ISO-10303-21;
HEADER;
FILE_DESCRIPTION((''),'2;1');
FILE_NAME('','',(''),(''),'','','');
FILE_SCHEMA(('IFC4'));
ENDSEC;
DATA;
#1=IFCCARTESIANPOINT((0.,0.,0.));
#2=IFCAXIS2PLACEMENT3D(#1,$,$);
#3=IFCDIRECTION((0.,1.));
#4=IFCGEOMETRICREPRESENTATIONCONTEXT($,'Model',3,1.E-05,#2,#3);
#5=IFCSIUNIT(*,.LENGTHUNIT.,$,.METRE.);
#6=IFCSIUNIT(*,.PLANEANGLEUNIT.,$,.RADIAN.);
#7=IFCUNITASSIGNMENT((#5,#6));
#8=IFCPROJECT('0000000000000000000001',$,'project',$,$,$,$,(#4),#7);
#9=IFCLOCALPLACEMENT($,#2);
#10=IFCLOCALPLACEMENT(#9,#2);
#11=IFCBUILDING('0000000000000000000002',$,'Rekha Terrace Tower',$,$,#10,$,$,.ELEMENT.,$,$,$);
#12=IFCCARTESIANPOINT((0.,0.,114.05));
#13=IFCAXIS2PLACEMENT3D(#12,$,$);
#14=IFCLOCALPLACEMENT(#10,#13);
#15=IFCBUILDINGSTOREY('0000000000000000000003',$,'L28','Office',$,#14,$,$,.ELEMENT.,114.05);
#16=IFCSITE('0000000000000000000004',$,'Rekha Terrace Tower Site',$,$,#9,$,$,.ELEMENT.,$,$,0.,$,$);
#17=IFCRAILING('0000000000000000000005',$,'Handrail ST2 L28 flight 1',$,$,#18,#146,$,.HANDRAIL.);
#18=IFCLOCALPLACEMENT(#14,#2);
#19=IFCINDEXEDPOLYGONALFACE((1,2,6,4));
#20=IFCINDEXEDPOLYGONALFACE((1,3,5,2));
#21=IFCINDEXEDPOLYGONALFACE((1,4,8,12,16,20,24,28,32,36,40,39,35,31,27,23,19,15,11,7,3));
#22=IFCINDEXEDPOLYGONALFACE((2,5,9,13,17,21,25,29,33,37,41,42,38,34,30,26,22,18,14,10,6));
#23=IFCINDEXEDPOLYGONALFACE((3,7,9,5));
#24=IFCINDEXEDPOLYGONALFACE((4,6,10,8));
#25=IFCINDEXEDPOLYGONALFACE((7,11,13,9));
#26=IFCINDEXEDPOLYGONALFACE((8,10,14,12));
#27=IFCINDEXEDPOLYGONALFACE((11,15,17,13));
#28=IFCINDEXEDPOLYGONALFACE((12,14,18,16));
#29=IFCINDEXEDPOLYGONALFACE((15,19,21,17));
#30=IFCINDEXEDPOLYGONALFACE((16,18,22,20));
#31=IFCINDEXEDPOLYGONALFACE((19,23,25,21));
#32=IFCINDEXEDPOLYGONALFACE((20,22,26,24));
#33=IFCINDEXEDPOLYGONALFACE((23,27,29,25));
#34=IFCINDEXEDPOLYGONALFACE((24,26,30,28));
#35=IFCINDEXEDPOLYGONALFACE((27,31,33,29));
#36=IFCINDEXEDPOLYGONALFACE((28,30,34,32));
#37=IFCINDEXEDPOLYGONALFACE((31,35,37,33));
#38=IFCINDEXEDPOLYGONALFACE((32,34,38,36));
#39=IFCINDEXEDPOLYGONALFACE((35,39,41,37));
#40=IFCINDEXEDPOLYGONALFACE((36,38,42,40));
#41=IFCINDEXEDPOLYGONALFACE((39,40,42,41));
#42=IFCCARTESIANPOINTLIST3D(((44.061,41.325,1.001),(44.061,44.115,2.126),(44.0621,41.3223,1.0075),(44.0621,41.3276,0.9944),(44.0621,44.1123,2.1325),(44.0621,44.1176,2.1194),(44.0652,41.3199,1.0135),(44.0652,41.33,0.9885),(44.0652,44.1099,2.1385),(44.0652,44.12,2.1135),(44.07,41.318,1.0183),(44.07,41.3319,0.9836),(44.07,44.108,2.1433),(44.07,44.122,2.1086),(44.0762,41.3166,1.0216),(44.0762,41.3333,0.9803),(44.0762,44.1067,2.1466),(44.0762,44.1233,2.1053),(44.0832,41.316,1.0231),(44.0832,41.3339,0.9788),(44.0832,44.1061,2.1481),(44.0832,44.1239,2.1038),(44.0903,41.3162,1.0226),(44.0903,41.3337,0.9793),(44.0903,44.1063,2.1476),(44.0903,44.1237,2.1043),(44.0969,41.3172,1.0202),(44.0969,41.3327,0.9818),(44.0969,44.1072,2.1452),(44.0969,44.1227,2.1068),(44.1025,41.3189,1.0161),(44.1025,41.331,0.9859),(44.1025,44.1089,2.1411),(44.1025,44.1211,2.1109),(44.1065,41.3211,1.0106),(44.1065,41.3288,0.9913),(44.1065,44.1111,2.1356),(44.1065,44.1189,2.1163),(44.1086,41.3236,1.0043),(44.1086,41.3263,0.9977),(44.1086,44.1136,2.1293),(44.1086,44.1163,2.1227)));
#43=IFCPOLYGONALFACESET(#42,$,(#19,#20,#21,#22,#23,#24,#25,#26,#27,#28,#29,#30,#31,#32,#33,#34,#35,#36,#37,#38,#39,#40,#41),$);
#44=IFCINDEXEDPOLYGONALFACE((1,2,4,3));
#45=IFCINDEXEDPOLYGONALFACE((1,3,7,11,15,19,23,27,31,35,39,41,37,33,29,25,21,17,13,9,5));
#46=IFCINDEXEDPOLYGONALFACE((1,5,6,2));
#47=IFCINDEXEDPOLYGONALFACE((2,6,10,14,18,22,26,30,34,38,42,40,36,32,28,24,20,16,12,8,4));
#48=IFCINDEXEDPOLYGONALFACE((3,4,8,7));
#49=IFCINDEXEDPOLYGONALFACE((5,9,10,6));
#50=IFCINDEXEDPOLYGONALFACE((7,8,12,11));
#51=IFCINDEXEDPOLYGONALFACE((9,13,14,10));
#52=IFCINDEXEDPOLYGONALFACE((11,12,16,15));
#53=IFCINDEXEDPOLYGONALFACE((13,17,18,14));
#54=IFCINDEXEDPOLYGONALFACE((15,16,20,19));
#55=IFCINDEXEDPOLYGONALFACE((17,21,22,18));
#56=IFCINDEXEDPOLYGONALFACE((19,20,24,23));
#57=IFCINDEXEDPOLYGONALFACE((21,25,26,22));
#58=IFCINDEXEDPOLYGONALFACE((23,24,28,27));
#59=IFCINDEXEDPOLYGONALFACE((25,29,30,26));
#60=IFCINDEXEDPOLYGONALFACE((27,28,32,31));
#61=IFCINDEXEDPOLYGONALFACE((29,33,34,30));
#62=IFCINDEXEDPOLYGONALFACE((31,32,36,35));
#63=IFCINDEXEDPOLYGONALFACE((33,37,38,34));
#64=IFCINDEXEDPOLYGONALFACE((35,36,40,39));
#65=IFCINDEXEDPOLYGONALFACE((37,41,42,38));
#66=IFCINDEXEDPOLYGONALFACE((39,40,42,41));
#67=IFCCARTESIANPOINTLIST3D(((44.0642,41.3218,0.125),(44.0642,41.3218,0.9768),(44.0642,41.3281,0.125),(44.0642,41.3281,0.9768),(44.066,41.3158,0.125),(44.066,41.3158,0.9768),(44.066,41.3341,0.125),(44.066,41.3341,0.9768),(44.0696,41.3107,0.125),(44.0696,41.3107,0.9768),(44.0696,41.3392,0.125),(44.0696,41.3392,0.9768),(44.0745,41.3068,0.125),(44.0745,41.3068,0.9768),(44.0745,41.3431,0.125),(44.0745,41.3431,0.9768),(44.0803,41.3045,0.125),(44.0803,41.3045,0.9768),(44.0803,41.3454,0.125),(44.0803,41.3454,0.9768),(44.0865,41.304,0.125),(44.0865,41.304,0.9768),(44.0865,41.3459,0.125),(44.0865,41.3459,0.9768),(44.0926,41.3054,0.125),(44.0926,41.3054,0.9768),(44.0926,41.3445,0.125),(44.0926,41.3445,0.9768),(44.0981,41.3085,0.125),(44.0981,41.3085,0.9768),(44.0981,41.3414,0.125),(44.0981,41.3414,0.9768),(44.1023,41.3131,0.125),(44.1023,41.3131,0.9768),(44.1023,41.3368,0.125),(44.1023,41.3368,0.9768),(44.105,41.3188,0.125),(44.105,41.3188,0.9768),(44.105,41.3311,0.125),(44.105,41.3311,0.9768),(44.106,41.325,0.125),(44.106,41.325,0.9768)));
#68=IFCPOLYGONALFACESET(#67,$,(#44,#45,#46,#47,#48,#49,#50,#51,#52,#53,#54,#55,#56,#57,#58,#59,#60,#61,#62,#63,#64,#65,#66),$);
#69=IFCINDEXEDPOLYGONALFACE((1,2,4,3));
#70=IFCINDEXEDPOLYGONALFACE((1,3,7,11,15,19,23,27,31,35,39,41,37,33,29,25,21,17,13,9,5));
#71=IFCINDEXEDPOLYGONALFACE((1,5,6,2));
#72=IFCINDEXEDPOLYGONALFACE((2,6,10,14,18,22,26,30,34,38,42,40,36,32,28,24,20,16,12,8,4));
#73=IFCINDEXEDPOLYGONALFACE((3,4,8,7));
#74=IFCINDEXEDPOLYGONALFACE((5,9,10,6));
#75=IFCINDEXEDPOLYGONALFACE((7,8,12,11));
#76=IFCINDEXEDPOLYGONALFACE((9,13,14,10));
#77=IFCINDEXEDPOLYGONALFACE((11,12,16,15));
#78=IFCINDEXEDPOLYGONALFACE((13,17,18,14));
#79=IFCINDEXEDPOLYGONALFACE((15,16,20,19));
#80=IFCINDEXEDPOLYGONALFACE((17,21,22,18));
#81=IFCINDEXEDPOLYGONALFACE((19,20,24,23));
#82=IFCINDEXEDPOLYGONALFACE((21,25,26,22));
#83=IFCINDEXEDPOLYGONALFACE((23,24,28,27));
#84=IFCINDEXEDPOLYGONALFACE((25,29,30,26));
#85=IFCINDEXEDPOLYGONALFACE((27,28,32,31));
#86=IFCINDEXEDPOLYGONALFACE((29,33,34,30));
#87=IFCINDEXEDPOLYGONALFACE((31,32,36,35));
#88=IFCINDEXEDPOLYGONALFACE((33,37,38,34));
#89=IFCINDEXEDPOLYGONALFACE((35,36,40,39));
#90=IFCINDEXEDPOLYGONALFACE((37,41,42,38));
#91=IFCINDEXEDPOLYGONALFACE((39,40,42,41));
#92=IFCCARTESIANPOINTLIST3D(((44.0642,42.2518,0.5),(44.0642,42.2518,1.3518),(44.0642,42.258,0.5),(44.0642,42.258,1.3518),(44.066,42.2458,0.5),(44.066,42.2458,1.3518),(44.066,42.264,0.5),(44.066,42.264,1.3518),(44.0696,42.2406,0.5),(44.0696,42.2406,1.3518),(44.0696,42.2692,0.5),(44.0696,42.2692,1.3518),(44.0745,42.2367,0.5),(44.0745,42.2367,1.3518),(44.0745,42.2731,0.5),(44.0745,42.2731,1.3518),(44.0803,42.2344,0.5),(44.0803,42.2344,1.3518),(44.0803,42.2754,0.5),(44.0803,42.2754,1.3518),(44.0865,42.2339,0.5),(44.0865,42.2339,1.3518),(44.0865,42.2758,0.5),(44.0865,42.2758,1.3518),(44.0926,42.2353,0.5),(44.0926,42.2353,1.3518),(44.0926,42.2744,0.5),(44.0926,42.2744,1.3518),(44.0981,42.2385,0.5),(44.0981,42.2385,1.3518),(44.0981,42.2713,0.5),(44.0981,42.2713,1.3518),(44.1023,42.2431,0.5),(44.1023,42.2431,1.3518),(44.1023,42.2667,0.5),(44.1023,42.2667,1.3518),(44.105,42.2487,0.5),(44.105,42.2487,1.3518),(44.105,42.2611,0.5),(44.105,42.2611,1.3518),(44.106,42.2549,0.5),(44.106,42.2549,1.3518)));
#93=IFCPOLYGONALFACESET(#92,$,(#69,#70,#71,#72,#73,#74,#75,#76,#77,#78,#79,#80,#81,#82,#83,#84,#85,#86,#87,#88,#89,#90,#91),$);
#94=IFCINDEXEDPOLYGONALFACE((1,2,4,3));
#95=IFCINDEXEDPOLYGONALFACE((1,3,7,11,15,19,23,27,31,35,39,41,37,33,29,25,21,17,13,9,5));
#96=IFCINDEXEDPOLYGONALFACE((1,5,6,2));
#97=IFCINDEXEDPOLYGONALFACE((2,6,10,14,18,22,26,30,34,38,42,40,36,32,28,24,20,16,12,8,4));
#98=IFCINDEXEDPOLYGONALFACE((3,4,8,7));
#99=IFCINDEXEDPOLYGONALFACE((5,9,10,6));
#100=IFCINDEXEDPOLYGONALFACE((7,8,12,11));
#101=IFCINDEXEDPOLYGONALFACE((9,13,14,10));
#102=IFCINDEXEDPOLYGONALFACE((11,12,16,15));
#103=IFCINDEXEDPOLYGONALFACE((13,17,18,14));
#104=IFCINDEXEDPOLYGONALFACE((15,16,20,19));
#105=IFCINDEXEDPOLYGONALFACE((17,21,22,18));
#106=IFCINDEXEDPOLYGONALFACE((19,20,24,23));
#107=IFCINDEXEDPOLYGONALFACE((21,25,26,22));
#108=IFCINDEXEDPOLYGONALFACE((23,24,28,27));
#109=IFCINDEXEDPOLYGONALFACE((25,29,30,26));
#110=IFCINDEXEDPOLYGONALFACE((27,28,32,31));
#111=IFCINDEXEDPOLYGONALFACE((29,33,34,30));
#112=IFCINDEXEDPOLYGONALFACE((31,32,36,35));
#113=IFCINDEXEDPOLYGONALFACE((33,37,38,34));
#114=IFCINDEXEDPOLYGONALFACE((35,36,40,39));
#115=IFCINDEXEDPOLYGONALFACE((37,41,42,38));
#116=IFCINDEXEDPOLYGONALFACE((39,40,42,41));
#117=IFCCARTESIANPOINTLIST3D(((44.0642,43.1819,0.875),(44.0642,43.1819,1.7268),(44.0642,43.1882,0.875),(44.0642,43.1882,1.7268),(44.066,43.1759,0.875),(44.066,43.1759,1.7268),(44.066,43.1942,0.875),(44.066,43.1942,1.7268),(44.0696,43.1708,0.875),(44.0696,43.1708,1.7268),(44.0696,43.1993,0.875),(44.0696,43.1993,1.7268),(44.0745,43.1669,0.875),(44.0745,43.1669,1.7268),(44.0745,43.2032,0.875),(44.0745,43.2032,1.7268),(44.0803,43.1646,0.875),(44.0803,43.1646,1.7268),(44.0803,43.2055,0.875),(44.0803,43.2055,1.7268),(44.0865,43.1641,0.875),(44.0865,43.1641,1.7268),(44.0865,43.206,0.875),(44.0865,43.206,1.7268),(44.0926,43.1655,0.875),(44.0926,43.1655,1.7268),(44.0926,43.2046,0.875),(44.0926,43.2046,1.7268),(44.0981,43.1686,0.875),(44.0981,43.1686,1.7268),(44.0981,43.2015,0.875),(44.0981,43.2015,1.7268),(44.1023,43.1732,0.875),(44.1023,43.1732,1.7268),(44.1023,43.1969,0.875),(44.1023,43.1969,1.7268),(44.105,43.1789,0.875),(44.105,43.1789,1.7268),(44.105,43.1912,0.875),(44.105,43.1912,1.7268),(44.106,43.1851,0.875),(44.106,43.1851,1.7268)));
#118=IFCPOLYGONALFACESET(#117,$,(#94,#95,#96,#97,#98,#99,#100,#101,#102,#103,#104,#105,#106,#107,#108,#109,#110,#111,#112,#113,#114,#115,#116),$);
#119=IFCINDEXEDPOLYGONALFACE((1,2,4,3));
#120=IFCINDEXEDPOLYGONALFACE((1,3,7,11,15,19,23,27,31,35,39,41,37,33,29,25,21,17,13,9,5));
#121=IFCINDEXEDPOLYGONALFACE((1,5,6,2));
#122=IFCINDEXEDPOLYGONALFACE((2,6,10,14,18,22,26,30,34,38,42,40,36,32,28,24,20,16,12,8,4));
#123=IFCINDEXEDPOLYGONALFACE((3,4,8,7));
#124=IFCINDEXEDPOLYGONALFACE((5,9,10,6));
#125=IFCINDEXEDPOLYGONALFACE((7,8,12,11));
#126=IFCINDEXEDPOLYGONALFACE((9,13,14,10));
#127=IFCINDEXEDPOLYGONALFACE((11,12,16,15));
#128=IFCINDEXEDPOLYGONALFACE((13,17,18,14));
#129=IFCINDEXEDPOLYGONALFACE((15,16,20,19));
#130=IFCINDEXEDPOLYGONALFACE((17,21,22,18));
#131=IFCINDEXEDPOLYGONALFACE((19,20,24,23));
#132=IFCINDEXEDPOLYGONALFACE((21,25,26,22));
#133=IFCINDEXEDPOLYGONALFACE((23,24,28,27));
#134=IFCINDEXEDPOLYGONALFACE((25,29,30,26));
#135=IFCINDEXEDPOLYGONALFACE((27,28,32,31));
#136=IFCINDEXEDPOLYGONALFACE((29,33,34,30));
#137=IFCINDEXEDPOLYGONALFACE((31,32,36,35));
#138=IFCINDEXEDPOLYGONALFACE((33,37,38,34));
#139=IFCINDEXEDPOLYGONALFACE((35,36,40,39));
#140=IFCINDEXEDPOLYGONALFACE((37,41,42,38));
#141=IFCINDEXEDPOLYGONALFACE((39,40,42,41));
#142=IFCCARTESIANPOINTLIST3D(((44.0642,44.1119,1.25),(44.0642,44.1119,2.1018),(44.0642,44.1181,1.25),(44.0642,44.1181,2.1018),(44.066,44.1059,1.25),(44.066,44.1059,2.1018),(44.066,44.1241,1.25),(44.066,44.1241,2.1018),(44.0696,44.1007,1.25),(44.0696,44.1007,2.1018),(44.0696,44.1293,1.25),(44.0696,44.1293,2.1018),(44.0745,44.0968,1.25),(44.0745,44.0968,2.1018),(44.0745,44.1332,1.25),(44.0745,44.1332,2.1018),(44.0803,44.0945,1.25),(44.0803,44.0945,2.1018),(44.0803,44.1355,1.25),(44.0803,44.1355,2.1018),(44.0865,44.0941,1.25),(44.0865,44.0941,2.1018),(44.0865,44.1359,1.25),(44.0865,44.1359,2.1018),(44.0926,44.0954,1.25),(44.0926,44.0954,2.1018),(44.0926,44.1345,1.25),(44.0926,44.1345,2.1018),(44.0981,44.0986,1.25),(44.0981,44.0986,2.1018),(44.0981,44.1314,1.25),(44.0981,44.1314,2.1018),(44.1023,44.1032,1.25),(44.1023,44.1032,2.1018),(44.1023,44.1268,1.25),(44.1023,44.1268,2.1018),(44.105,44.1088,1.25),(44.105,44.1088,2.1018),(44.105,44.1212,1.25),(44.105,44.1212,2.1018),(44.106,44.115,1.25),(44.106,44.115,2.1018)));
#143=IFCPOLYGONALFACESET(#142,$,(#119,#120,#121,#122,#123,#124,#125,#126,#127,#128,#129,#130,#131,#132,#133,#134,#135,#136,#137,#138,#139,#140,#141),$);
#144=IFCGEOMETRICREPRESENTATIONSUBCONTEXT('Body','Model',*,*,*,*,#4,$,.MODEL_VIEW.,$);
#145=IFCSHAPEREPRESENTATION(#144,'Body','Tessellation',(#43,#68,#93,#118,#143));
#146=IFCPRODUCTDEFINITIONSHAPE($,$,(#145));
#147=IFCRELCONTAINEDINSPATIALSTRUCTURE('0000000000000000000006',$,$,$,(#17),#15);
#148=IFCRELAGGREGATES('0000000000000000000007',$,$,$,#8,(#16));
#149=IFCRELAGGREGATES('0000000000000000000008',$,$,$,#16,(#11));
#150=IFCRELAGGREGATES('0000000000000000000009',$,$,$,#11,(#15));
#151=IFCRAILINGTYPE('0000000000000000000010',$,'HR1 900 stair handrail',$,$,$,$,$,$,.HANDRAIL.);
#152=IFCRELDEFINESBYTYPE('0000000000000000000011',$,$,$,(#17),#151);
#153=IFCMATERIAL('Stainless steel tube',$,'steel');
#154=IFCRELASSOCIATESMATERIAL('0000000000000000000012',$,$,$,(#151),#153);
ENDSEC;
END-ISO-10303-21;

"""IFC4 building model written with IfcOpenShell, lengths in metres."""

from ifc_helpers import new_model, si_unit, direction, frame, origin, origin_2d, place, context, subcontext, project, spatial, circle, extrude, material, type_object, element, save


model = new_model("IFC4")

# Units and contexts
model_context = context("Model", 3, precision=1e-05, world=origin(), true_north=direction((0.0, 1.0)))
body_context = subcontext(model_context, "Body", "Model", "MODEL_VIEW")
ifc_project = project(units=[si_unit("LENGTHUNIT", "METRE"), si_unit("PLANEANGLEUNIT", "RADIAN")], contexts=[model_context])

# Site, building, storey
site_placement = place(None, origin())
site = spatial("IfcSite", under=ifc_project, at=site_placement, Name="Rekha Terrace Tower Site", CompositionType="ELEMENT", RefElevation=0.0)
building_placement = place(site_placement, origin())
building = spatial("IfcBuilding", under=site, at=building_placement, Name="Rekha Terrace Tower", CompositionType="ELEMENT")
storey_placement = place(building_placement, frame((0.0, 0.0, 114.05)))
storey = spatial("IfcBuildingStorey", under=building, at=storey_placement, Name="L28", Description="Office", CompositionType="ELEMENT", Elevation=114.05)

# Railing
ifc_material_1 = material(Name="Stainless steel tube", Category="steel")
railing_type_1 = type_object("IfcRailingType", Name="HR1 900 stair handrail", PredefinedType="HANDRAIL", material=ifc_material_1)
railing_1_placement = place(storey_placement, frame((44.085, 41.325, 0.125)))
element("IfcRailing", 1, at=railing_1_placement, inside=storey, type_object=railing_type_1, Name="Handrail ST2 L28 flight 1", PredefinedType="HANDRAIL", context=body_context, shape_type="SweptSolid", body=[
    extrude(circle(Radius=0.0239, at=origin_2d()), frame((0.0, 0.0, 0.876), z_axis=(0.0, 0.927443, 0.373964), x_axis=(-1.0, 0.0, 0.0)), (0.0, 0.0, 1.0), 3.0083),
    extrude(circle(Radius=0.021, at=origin_2d()), origin(), (0.0, 0.0, 1.0), 0.8518),
    extrude(circle(Radius=0.021, at=origin_2d()), frame((0.0, 0.9299, 0.375)), (0.0, 0.0, 1.0), 0.8518),
    extrude(circle(Radius=0.021, at=origin_2d()), frame((0.0, 1.8601, 0.75)), (0.0, 0.0, 1.0), 0.8518),
    extrude(circle(Radius=0.021, at=origin_2d()), frame((0.0, 2.79, 1.125)), (0.0, 0.0, 1.0), 0.8518),
])

save(model, "model.ifc")
